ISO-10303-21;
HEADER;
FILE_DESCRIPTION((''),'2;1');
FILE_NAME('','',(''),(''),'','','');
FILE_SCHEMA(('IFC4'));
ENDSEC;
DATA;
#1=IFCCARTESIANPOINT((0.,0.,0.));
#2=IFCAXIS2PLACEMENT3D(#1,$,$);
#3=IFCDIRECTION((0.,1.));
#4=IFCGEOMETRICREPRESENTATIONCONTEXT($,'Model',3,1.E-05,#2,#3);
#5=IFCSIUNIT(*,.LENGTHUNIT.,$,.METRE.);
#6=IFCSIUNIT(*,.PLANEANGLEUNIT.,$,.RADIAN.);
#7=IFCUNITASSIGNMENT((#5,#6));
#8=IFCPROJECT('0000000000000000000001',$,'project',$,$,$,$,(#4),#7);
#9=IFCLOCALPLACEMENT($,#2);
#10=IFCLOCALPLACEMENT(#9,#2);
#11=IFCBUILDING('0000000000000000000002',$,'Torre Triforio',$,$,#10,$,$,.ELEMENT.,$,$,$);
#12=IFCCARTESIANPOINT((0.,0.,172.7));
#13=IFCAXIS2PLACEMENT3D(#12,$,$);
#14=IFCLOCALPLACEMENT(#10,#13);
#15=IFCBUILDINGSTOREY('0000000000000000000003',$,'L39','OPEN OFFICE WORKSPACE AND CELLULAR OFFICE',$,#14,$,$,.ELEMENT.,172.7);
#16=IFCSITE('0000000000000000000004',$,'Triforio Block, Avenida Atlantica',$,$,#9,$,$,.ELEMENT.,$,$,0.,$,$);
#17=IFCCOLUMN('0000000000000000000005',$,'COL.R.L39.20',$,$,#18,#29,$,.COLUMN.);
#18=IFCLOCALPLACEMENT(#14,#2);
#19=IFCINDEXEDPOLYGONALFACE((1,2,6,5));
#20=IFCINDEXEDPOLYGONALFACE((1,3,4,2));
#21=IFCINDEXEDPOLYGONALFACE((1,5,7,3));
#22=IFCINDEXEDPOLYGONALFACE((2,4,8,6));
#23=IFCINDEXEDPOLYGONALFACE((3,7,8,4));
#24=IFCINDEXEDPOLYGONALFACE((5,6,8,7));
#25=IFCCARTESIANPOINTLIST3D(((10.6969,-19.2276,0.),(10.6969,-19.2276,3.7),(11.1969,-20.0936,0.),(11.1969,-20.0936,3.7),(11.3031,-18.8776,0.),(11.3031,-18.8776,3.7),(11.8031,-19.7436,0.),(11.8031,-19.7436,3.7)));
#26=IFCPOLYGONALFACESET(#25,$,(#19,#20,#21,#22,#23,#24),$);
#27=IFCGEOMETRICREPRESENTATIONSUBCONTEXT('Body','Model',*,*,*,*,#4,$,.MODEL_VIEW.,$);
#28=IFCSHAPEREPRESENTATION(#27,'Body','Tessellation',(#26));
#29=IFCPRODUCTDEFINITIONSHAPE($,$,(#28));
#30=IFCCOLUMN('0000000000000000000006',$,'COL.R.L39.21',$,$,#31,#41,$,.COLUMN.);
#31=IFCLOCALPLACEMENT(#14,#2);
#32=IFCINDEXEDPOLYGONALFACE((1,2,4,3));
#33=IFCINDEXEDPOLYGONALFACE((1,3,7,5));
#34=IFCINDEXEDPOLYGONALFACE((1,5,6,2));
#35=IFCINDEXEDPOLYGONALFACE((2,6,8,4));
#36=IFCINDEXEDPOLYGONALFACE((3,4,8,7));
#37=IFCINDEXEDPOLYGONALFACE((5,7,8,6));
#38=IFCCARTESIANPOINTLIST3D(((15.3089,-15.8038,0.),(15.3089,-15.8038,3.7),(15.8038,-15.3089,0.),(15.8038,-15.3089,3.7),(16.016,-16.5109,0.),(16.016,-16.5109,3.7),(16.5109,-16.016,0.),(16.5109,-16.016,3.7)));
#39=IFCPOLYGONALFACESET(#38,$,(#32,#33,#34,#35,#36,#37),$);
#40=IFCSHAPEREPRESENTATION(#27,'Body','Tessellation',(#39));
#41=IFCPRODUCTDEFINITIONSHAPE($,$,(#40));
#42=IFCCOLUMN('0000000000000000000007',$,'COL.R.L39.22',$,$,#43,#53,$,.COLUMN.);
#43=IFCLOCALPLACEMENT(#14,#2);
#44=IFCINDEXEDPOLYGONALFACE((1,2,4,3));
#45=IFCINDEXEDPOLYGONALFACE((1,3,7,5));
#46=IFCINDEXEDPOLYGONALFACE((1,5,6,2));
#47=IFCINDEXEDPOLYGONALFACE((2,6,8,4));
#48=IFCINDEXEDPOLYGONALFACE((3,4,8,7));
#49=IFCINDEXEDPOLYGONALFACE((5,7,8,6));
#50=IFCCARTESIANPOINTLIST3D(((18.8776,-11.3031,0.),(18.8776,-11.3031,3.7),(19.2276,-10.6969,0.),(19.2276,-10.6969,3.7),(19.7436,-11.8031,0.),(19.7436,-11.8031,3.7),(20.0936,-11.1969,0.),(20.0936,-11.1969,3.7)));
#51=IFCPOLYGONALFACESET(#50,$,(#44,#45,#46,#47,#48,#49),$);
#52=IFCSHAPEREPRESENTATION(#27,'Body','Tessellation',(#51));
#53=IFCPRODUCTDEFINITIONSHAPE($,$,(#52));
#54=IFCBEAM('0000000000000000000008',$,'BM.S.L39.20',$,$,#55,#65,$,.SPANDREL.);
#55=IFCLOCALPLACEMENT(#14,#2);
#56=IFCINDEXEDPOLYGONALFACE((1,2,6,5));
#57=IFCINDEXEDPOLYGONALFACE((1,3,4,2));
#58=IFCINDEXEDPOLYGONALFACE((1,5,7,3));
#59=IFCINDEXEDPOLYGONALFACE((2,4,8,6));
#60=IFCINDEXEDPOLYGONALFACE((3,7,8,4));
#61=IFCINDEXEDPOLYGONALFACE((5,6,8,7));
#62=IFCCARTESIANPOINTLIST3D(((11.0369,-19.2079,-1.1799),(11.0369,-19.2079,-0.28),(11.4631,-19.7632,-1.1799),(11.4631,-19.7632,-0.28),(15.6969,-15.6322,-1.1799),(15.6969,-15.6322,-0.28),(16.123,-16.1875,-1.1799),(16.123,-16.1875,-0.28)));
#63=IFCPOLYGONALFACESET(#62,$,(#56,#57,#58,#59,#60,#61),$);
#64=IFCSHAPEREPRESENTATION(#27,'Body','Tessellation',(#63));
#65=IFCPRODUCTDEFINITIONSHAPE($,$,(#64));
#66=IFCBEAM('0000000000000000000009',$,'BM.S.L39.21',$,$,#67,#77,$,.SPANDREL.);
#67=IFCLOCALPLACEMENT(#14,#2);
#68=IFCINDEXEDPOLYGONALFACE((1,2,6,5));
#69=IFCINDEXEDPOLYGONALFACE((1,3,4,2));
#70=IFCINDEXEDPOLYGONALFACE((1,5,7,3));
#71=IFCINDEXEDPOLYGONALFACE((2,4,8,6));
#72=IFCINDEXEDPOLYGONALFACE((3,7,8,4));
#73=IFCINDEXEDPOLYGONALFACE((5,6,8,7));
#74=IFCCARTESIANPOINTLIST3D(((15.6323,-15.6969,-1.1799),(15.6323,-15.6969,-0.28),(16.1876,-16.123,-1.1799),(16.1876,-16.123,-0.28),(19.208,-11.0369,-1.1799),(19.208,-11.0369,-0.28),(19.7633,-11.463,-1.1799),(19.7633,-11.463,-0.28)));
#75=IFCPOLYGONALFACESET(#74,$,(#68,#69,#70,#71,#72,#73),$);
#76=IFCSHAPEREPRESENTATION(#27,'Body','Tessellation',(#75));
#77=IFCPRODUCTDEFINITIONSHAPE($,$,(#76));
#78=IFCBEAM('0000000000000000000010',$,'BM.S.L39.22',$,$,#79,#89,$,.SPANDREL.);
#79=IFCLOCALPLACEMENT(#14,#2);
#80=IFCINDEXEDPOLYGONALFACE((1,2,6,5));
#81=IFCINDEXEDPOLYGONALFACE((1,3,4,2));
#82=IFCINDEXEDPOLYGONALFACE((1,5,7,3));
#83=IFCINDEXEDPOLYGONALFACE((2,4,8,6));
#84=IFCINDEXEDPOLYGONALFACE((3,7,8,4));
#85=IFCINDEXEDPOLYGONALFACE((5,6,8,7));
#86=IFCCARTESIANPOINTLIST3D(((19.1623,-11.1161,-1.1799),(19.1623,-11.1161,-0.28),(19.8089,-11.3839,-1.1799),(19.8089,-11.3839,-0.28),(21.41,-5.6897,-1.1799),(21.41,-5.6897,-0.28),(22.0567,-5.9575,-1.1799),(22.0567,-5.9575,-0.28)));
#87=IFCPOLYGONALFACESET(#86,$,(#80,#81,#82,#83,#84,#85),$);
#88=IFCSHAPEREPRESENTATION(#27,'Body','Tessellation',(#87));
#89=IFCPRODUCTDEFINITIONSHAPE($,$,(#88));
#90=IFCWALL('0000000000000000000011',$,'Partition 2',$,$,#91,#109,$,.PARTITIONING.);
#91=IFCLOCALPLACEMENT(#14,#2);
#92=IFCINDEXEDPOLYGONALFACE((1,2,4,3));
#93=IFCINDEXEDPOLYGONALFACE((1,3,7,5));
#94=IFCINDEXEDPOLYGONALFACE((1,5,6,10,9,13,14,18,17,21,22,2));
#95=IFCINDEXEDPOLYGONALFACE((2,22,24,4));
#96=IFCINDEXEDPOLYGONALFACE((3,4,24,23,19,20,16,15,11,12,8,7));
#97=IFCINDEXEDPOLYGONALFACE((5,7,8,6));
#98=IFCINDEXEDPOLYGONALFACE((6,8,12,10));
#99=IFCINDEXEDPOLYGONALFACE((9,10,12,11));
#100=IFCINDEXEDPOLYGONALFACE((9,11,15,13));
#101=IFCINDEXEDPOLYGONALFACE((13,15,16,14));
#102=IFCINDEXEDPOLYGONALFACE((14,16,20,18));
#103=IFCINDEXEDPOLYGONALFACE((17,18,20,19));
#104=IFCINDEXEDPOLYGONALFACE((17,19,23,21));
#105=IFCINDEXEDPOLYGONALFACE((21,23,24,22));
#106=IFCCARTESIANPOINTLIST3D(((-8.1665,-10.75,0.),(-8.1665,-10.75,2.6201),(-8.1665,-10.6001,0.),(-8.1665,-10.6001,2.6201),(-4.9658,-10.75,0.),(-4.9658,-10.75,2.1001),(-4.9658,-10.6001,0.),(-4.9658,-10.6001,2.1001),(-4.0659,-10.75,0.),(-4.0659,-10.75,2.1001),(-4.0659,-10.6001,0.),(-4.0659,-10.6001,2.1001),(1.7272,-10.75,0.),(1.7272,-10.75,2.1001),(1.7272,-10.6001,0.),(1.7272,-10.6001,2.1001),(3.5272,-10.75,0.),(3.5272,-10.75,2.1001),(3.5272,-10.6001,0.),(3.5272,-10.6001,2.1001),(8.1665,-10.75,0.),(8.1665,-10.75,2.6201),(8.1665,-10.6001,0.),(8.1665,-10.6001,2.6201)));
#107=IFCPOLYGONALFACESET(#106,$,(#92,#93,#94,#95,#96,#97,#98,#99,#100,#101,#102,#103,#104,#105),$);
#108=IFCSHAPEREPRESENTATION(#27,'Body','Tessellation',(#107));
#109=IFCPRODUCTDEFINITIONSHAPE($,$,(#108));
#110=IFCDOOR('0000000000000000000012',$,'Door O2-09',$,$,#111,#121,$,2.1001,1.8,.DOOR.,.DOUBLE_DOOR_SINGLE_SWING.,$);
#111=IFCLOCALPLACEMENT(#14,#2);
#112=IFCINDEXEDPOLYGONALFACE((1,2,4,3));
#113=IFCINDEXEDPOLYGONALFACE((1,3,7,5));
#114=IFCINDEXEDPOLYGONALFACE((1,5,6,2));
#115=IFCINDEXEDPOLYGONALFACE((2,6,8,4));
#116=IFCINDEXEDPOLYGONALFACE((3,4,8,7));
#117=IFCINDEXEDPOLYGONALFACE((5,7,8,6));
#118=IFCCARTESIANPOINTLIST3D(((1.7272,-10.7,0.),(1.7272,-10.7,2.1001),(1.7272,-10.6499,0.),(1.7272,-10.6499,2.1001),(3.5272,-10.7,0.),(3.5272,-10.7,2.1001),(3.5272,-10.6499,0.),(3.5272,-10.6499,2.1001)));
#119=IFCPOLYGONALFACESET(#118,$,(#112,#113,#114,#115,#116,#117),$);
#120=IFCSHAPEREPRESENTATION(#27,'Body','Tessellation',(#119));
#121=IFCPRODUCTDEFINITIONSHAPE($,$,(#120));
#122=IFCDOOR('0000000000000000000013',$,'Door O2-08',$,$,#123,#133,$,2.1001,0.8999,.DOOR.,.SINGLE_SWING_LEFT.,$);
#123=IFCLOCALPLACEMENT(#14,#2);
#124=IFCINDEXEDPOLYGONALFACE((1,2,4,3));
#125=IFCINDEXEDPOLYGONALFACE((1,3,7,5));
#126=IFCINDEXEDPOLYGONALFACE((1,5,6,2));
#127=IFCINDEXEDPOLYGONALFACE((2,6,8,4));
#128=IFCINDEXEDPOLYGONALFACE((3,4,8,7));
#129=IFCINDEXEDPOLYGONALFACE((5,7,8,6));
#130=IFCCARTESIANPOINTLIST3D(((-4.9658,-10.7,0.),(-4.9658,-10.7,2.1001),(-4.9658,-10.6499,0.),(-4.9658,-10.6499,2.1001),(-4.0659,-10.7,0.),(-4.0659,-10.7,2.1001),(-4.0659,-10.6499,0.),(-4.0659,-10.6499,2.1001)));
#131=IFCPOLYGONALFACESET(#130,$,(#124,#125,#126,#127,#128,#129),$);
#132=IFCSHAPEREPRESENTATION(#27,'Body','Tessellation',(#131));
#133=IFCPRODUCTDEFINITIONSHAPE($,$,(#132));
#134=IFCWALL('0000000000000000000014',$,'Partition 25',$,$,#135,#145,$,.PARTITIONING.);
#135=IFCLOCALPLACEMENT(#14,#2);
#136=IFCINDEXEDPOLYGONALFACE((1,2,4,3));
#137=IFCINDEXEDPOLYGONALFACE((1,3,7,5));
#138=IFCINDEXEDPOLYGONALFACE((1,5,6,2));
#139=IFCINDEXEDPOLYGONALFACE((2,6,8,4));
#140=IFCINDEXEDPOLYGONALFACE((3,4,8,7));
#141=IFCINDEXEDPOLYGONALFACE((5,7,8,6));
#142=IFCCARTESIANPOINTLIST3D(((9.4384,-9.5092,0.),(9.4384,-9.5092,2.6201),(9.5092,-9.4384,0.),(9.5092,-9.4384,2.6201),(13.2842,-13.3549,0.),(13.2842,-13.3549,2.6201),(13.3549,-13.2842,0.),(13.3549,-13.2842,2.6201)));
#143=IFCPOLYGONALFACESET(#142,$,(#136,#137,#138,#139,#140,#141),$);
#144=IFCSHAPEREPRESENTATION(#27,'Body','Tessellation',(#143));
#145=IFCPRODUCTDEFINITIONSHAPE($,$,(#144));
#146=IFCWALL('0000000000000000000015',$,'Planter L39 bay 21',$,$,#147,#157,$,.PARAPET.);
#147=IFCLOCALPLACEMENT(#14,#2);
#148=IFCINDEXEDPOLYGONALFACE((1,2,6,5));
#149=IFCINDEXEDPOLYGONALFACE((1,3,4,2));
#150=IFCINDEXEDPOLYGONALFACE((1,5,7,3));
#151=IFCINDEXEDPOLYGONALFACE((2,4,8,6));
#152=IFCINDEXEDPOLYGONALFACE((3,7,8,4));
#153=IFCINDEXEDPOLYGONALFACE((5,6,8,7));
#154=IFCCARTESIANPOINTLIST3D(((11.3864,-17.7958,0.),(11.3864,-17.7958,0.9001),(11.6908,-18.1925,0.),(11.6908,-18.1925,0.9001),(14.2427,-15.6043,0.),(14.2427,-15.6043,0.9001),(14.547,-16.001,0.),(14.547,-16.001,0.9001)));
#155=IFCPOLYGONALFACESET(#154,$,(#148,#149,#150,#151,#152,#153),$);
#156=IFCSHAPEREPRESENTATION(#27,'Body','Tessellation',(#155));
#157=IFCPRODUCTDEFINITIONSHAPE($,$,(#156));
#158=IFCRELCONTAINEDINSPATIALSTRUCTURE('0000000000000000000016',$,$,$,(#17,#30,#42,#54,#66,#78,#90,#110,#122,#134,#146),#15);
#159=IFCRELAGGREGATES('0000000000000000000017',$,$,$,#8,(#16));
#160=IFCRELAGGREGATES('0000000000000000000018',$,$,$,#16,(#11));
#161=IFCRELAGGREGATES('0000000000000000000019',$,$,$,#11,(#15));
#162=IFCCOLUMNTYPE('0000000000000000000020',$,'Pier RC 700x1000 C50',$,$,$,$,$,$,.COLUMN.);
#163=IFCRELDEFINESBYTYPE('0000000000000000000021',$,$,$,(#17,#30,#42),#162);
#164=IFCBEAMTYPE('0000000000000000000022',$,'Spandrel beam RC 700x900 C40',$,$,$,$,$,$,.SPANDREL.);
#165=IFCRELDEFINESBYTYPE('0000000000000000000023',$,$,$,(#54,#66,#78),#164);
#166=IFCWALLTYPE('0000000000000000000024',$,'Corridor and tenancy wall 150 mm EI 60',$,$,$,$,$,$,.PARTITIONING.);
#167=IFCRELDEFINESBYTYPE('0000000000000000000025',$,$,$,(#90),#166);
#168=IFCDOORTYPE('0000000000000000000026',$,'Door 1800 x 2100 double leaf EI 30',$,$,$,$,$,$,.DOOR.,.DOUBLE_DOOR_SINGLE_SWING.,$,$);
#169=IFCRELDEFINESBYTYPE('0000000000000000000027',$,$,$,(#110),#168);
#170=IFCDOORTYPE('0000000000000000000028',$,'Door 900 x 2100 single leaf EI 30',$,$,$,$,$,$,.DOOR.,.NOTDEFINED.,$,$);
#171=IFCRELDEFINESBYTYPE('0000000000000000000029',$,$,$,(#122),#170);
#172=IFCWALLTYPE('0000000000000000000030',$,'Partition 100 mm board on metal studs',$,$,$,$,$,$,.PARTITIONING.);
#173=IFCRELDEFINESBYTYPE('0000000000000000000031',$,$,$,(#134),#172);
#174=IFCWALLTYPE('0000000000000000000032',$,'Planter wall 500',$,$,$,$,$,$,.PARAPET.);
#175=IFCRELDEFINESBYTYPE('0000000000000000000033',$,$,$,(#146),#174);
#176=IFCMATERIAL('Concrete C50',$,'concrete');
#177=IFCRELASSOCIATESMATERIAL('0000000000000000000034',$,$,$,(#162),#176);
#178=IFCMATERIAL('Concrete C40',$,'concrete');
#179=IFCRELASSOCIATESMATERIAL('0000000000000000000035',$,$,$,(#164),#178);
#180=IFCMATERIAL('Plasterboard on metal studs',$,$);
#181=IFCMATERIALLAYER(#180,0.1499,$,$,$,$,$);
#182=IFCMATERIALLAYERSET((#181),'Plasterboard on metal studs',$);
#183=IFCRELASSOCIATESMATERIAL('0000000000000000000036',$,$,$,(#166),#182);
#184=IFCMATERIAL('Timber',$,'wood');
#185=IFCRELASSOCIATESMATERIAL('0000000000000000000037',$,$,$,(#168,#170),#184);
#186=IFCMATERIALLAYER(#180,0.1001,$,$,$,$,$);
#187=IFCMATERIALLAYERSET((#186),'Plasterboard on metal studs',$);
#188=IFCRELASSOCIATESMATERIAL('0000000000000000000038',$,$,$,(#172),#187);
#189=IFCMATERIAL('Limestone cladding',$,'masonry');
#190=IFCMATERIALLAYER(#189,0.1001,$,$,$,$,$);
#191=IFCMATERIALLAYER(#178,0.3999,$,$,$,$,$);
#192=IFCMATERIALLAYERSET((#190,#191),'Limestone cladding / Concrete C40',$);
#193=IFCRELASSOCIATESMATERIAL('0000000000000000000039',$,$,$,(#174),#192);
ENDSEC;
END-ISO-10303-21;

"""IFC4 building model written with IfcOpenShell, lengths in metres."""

from ifc_helpers import new_model, si_unit, direction, frame, frame_2d, origin, origin_2d, place, context, subcontext, project, spatial, rectangle, extrude, material, layer, layer_set, material_profile, profile_set, type_object, element, fill, save


model = new_model("IFC4")

# Units and contexts
model_context = context("Model", 3, precision=1e-05, world=origin(), true_north=direction((0.0, 1.0)))
body_context = subcontext(model_context, "Body", "Model", "MODEL_VIEW")
ifc_project = project(units=[si_unit("LENGTHUNIT", "METRE"), si_unit("PLANEANGLEUNIT", "RADIAN")], contexts=[model_context])

# Site, building, storey
site_placement = place(None, origin())
site = spatial("IfcSite", under=ifc_project, at=site_placement, Name="Triforio Block, Avenida Atlantica", CompositionType="ELEMENT", RefElevation=0.0)
building_placement = place(site_placement, origin())
building = spatial("IfcBuilding", under=site, at=building_placement, Name="Torre Triforio", CompositionType="ELEMENT")
storey_placement = place(building_placement, frame((0.0, 0.0, 172.7)))
storey = spatial("IfcBuildingStorey", under=building, at=storey_placement, Name="L39", Description="OPEN OFFICE WORKSPACE AND CELLULAR OFFICE", CompositionType="ELEMENT", Elevation=172.7)

# Columns
ifc_material_1 = material(Name="Concrete C50", Category="concrete")
ifc_material_profile_1 = material_profile(ifc_material_1, rectangle(XDim=0.7, YDim=1.0, at=origin_2d()), Name="RC 700x1000")
ifc_profile_set_1 = profile_set([ifc_material_profile_1], Name="Concrete C50")
column_type = type_object("IfcColumnType", Name="Pier RC 700x1000 C50", PredefinedType="COLUMN", material=ifc_profile_set_1)
for number, where, z_axis, x_axis, name in (
    (1, (11.25, -19.4856, 0.0), (0.0, 0.0, 1.0), (0.866025, 0.5, 0.0), "COL.R.L39.20"),
    (2, (15.9099, -15.9099, 0.0), (0.0, 0.0, 1.0), (0.707107, 0.707107, 0.0), "COL.R.L39.21"),
    (3, (19.4856, -11.25, 0.0), (0.0, 0.0, 1.0), (0.5, 0.866025, 0.0), "COL.R.L39.22"),
):
    element("IfcColumn", number, at=place(storey_placement, frame(where, z_axis=z_axis, x_axis=x_axis)), inside=storey, type_object=column_type, Name=name, PredefinedType="COLUMN", context=body_context, shape_type="SweptSolid", body=[
        extrude(rectangle(XDim=0.7, YDim=1.0, at=origin_2d()), origin(), (0.0, 0.0, 1.0), 3.7),
    ])

# Beams
ifc_material_2 = material(Name="Concrete C40", Category="concrete")
ifc_material_profile_2 = material_profile(ifc_material_2, rectangle(XDim=0.7, YDim=0.8999, at=origin_2d()), Name="RC 700x900")
ifc_profile_set_2 = profile_set([ifc_material_profile_2], Name="Concrete C40")
beam_type = type_object("IfcBeamType", Name="Spandrel beam RC 700x900 C40", PredefinedType="SPANDREL", material=ifc_profile_set_2)
for number, where, z_axis, x_axis, name in (
    (4, (11.25, -19.4856, -0.73), (0.793353, 0.608762, 0.0), (-0.608762, 0.793353, 0.0), "BM.S.L39.20"),
    (5, (15.9099, -15.9099, -0.73), (0.608762, 0.793353, 0.0), (-0.793353, 0.608762, 0.0), "BM.S.L39.21"),
):
    element("IfcBeam", number, at=place(storey_placement, frame(where, z_axis=z_axis, x_axis=x_axis)), inside=storey, type_object=beam_type, Name=name, PredefinedType="SPANDREL", context=body_context, shape_type="SweptSolid", body=[
        extrude(rectangle(XDim=0.7, YDim=0.8999, at=origin_2d()), origin(), (0.0, 0.0, 1.0), 5.8738),
    ])
beam_placement = place(storey_placement, frame((19.4856, -11.25, -0.73), z_axis=(0.382693, 0.923875, 0.0), x_axis=(-0.923875, 0.382693, 0.0)))
element("IfcBeam", 6, at=beam_placement, inside=storey, type_object=beam_type, Name="BM.S.L39.22", PredefinedType="SPANDREL", context=body_context, shape_type="SweptSolid", body=[
    extrude(rectangle(XDim=0.7, YDim=0.8999, at=origin_2d()), origin(), (0.0, 0.0, 1.0), 5.8735),
])

# Wall, openings, doors
ifc_material_3 = material(Name="Plasterboard on metal studs")
ifc_layer_1 = layer(ifc_material_3, 0.1499)
ifc_layer_set_1 = layer_set([ifc_layer_1], Name="Plasterboard on metal studs")
wall_type_1 = type_object("IfcWallType", Name="Corridor and tenancy wall 150 mm EI 60", PredefinedType="PARTITIONING", material=ifc_layer_set_1)
wall_1_placement = place(storey_placement, frame((8.1665, -10.675, 0.0), z_axis=(0.0, 0.0, 1.0), x_axis=(-1.0, 0.0, 0.0)))
wall_1 = element("IfcWall", 7, at=wall_1_placement, inside=storey, type_object=wall_type_1, Name="Partition 2", PredefinedType="PARTITIONING", context=body_context, shape_type="SweptSolid", body=[
    extrude(rectangle(XDim=16.333, YDim=0.1499, at=frame_2d((8.1665, 0.0))), origin(), (0.0, 0.0, 1.0), 2.6201),
])
opening_1_placement = place(wall_1_placement, frame((12.2324, 0.0, 0.0)))
opening_1 = element("IfcOpeningElement", 8, at=opening_1_placement, cuts=wall_1, PredefinedType="OPENING", context=body_context, shape_type="SweptSolid", body=[
    extrude(rectangle(XDim=0.8999, YDim=2.1001, at=frame_2d((0.45, 1.05))), frame((0.0, 0.085, 0.0), z_axis=(0.0, -1.0, 0.0), x_axis=(1.0, 0.0, 0.0)), (0.0, 0.0, 1.0), 0.1699),
])
opening_2_placement = place(wall_1_placement, frame((4.6394, 0.0, 0.0)))
opening_2 = element("IfcOpeningElement", 9, at=opening_2_placement, cuts=wall_1, PredefinedType="OPENING", context=body_context, shape_type="SweptSolid", body=[
    extrude(rectangle(XDim=1.8, YDim=2.1001, at=frame_2d((0.8999, 1.05))), frame((0.0, 0.085, 0.0), z_axis=(0.0, -1.0, 0.0), x_axis=(1.0, 0.0, 0.0)), (0.0, 0.0, 1.0), 0.1699),
])
ifc_material_4 = material(Name="Timber", Category="wood")
door_type_1 = type_object("IfcDoorType", Name="Door 1800 x 2100 double leaf EI 30", OperationType="DOUBLE_DOOR_SINGLE_SWING", PredefinedType="DOOR", material=ifc_material_4)
door_1_placement = place(opening_2_placement, origin())
door_1 = element("IfcDoor", 10, at=door_1_placement, inside=storey, type_object=door_type_1, Name="Door O2-09", OperationType="DOUBLE_DOOR_SINGLE_SWING", OverallHeight=2.1001, OverallWidth=1.8, PredefinedType="DOOR", context=body_context, shape_type="SweptSolid", body=[
    extrude(rectangle(XDim=1.8, YDim=2.1001, at=frame_2d((0.8999, 1.05))), frame((0.0, 0.0249, 0.0), z_axis=(0.0, -1.0, 0.0), x_axis=(1.0, 0.0, 0.0)), (0.0, 0.0, 1.0), 0.05),
])
fill(opening_2, door_1)
door_type_2 = type_object("IfcDoorType", Name="Door 900 x 2100 single leaf EI 30", OperationType="NOTDEFINED", PredefinedType="DOOR", material=ifc_material_4)
door_2_placement = place(opening_1_placement, origin())
door_2 = element("IfcDoor", 11, at=door_2_placement, inside=storey, type_object=door_type_2, Name="Door O2-08", OperationType="SINGLE_SWING_LEFT", OverallHeight=2.1001, OverallWidth=0.8999, PredefinedType="DOOR", context=body_context, shape_type="SweptSolid", body=[
    extrude(rectangle(XDim=0.8999, YDim=2.1001, at=frame_2d((0.45, 1.05))), frame((0.0, 0.0249, 0.0), z_axis=(0.0, -1.0, 0.0), x_axis=(1.0, 0.0, 0.0)), (0.0, 0.0, 1.0), 0.05),
])
fill(opening_1, door_2)

# Walls
ifc_layer_2 = layer(ifc_material_3, 0.1001)
ifc_layer_set_2 = layer_set([ifc_layer_2], Name="Plasterboard on metal studs")
wall_type_2 = type_object("IfcWallType", Name="Partition 100 mm board on metal studs", PredefinedType="PARTITIONING", material=ifc_layer_set_2)
wall_2_placement = place(storey_placement, frame((9.4739, -9.4739, 0.0), z_axis=(0.0, 0.0, 1.0), x_axis=(0.707107, -0.707107, 0.0)))
element("IfcWall", 12, at=wall_2_placement, inside=storey, type_object=wall_type_2, Name="Partition 25", PredefinedType="PARTITIONING", context=body_context, shape_type="SweptSolid", body=[
    extrude(rectangle(XDim=5.4387, YDim=0.1001, at=frame_2d((2.7192, 0.0))), origin(), (0.0, 0.0, 1.0), 2.6201),
])
ifc_material_5 = material(Name="Limestone cladding", Category="masonry")
ifc_layer_3 = layer(ifc_material_5, 0.1001)
ifc_layer_4 = layer(ifc_material_2, 0.3999)
ifc_layer_set_3 = layer_set([ifc_layer_3, ifc_layer_4], Name="Limestone cladding / Concrete C40")
wall_type_3 = type_object("IfcWallType", Name="Planter wall 500", PredefinedType="PARAPET", material=ifc_layer_set_3)
wall_3_placement = place(storey_placement, frame((11.5386, -17.9941, 0.0), z_axis=(0.0, 0.0, 1.0), x_axis=(0.793385, 0.608721, 0.0)))
element("IfcWall", 13, at=wall_3_placement, inside=storey, type_object=wall_type_3, Name="Planter L39 bay 21", PredefinedType="PARAPET", context=body_context, shape_type="SweptSolid", body=[
    extrude(rectangle(XDim=3.6001, YDim=0.5, at=frame_2d((1.8, 0.0))), origin(), (0.0, 0.0, 1.0), 0.9001),
])

save(model, "model.ifc")
